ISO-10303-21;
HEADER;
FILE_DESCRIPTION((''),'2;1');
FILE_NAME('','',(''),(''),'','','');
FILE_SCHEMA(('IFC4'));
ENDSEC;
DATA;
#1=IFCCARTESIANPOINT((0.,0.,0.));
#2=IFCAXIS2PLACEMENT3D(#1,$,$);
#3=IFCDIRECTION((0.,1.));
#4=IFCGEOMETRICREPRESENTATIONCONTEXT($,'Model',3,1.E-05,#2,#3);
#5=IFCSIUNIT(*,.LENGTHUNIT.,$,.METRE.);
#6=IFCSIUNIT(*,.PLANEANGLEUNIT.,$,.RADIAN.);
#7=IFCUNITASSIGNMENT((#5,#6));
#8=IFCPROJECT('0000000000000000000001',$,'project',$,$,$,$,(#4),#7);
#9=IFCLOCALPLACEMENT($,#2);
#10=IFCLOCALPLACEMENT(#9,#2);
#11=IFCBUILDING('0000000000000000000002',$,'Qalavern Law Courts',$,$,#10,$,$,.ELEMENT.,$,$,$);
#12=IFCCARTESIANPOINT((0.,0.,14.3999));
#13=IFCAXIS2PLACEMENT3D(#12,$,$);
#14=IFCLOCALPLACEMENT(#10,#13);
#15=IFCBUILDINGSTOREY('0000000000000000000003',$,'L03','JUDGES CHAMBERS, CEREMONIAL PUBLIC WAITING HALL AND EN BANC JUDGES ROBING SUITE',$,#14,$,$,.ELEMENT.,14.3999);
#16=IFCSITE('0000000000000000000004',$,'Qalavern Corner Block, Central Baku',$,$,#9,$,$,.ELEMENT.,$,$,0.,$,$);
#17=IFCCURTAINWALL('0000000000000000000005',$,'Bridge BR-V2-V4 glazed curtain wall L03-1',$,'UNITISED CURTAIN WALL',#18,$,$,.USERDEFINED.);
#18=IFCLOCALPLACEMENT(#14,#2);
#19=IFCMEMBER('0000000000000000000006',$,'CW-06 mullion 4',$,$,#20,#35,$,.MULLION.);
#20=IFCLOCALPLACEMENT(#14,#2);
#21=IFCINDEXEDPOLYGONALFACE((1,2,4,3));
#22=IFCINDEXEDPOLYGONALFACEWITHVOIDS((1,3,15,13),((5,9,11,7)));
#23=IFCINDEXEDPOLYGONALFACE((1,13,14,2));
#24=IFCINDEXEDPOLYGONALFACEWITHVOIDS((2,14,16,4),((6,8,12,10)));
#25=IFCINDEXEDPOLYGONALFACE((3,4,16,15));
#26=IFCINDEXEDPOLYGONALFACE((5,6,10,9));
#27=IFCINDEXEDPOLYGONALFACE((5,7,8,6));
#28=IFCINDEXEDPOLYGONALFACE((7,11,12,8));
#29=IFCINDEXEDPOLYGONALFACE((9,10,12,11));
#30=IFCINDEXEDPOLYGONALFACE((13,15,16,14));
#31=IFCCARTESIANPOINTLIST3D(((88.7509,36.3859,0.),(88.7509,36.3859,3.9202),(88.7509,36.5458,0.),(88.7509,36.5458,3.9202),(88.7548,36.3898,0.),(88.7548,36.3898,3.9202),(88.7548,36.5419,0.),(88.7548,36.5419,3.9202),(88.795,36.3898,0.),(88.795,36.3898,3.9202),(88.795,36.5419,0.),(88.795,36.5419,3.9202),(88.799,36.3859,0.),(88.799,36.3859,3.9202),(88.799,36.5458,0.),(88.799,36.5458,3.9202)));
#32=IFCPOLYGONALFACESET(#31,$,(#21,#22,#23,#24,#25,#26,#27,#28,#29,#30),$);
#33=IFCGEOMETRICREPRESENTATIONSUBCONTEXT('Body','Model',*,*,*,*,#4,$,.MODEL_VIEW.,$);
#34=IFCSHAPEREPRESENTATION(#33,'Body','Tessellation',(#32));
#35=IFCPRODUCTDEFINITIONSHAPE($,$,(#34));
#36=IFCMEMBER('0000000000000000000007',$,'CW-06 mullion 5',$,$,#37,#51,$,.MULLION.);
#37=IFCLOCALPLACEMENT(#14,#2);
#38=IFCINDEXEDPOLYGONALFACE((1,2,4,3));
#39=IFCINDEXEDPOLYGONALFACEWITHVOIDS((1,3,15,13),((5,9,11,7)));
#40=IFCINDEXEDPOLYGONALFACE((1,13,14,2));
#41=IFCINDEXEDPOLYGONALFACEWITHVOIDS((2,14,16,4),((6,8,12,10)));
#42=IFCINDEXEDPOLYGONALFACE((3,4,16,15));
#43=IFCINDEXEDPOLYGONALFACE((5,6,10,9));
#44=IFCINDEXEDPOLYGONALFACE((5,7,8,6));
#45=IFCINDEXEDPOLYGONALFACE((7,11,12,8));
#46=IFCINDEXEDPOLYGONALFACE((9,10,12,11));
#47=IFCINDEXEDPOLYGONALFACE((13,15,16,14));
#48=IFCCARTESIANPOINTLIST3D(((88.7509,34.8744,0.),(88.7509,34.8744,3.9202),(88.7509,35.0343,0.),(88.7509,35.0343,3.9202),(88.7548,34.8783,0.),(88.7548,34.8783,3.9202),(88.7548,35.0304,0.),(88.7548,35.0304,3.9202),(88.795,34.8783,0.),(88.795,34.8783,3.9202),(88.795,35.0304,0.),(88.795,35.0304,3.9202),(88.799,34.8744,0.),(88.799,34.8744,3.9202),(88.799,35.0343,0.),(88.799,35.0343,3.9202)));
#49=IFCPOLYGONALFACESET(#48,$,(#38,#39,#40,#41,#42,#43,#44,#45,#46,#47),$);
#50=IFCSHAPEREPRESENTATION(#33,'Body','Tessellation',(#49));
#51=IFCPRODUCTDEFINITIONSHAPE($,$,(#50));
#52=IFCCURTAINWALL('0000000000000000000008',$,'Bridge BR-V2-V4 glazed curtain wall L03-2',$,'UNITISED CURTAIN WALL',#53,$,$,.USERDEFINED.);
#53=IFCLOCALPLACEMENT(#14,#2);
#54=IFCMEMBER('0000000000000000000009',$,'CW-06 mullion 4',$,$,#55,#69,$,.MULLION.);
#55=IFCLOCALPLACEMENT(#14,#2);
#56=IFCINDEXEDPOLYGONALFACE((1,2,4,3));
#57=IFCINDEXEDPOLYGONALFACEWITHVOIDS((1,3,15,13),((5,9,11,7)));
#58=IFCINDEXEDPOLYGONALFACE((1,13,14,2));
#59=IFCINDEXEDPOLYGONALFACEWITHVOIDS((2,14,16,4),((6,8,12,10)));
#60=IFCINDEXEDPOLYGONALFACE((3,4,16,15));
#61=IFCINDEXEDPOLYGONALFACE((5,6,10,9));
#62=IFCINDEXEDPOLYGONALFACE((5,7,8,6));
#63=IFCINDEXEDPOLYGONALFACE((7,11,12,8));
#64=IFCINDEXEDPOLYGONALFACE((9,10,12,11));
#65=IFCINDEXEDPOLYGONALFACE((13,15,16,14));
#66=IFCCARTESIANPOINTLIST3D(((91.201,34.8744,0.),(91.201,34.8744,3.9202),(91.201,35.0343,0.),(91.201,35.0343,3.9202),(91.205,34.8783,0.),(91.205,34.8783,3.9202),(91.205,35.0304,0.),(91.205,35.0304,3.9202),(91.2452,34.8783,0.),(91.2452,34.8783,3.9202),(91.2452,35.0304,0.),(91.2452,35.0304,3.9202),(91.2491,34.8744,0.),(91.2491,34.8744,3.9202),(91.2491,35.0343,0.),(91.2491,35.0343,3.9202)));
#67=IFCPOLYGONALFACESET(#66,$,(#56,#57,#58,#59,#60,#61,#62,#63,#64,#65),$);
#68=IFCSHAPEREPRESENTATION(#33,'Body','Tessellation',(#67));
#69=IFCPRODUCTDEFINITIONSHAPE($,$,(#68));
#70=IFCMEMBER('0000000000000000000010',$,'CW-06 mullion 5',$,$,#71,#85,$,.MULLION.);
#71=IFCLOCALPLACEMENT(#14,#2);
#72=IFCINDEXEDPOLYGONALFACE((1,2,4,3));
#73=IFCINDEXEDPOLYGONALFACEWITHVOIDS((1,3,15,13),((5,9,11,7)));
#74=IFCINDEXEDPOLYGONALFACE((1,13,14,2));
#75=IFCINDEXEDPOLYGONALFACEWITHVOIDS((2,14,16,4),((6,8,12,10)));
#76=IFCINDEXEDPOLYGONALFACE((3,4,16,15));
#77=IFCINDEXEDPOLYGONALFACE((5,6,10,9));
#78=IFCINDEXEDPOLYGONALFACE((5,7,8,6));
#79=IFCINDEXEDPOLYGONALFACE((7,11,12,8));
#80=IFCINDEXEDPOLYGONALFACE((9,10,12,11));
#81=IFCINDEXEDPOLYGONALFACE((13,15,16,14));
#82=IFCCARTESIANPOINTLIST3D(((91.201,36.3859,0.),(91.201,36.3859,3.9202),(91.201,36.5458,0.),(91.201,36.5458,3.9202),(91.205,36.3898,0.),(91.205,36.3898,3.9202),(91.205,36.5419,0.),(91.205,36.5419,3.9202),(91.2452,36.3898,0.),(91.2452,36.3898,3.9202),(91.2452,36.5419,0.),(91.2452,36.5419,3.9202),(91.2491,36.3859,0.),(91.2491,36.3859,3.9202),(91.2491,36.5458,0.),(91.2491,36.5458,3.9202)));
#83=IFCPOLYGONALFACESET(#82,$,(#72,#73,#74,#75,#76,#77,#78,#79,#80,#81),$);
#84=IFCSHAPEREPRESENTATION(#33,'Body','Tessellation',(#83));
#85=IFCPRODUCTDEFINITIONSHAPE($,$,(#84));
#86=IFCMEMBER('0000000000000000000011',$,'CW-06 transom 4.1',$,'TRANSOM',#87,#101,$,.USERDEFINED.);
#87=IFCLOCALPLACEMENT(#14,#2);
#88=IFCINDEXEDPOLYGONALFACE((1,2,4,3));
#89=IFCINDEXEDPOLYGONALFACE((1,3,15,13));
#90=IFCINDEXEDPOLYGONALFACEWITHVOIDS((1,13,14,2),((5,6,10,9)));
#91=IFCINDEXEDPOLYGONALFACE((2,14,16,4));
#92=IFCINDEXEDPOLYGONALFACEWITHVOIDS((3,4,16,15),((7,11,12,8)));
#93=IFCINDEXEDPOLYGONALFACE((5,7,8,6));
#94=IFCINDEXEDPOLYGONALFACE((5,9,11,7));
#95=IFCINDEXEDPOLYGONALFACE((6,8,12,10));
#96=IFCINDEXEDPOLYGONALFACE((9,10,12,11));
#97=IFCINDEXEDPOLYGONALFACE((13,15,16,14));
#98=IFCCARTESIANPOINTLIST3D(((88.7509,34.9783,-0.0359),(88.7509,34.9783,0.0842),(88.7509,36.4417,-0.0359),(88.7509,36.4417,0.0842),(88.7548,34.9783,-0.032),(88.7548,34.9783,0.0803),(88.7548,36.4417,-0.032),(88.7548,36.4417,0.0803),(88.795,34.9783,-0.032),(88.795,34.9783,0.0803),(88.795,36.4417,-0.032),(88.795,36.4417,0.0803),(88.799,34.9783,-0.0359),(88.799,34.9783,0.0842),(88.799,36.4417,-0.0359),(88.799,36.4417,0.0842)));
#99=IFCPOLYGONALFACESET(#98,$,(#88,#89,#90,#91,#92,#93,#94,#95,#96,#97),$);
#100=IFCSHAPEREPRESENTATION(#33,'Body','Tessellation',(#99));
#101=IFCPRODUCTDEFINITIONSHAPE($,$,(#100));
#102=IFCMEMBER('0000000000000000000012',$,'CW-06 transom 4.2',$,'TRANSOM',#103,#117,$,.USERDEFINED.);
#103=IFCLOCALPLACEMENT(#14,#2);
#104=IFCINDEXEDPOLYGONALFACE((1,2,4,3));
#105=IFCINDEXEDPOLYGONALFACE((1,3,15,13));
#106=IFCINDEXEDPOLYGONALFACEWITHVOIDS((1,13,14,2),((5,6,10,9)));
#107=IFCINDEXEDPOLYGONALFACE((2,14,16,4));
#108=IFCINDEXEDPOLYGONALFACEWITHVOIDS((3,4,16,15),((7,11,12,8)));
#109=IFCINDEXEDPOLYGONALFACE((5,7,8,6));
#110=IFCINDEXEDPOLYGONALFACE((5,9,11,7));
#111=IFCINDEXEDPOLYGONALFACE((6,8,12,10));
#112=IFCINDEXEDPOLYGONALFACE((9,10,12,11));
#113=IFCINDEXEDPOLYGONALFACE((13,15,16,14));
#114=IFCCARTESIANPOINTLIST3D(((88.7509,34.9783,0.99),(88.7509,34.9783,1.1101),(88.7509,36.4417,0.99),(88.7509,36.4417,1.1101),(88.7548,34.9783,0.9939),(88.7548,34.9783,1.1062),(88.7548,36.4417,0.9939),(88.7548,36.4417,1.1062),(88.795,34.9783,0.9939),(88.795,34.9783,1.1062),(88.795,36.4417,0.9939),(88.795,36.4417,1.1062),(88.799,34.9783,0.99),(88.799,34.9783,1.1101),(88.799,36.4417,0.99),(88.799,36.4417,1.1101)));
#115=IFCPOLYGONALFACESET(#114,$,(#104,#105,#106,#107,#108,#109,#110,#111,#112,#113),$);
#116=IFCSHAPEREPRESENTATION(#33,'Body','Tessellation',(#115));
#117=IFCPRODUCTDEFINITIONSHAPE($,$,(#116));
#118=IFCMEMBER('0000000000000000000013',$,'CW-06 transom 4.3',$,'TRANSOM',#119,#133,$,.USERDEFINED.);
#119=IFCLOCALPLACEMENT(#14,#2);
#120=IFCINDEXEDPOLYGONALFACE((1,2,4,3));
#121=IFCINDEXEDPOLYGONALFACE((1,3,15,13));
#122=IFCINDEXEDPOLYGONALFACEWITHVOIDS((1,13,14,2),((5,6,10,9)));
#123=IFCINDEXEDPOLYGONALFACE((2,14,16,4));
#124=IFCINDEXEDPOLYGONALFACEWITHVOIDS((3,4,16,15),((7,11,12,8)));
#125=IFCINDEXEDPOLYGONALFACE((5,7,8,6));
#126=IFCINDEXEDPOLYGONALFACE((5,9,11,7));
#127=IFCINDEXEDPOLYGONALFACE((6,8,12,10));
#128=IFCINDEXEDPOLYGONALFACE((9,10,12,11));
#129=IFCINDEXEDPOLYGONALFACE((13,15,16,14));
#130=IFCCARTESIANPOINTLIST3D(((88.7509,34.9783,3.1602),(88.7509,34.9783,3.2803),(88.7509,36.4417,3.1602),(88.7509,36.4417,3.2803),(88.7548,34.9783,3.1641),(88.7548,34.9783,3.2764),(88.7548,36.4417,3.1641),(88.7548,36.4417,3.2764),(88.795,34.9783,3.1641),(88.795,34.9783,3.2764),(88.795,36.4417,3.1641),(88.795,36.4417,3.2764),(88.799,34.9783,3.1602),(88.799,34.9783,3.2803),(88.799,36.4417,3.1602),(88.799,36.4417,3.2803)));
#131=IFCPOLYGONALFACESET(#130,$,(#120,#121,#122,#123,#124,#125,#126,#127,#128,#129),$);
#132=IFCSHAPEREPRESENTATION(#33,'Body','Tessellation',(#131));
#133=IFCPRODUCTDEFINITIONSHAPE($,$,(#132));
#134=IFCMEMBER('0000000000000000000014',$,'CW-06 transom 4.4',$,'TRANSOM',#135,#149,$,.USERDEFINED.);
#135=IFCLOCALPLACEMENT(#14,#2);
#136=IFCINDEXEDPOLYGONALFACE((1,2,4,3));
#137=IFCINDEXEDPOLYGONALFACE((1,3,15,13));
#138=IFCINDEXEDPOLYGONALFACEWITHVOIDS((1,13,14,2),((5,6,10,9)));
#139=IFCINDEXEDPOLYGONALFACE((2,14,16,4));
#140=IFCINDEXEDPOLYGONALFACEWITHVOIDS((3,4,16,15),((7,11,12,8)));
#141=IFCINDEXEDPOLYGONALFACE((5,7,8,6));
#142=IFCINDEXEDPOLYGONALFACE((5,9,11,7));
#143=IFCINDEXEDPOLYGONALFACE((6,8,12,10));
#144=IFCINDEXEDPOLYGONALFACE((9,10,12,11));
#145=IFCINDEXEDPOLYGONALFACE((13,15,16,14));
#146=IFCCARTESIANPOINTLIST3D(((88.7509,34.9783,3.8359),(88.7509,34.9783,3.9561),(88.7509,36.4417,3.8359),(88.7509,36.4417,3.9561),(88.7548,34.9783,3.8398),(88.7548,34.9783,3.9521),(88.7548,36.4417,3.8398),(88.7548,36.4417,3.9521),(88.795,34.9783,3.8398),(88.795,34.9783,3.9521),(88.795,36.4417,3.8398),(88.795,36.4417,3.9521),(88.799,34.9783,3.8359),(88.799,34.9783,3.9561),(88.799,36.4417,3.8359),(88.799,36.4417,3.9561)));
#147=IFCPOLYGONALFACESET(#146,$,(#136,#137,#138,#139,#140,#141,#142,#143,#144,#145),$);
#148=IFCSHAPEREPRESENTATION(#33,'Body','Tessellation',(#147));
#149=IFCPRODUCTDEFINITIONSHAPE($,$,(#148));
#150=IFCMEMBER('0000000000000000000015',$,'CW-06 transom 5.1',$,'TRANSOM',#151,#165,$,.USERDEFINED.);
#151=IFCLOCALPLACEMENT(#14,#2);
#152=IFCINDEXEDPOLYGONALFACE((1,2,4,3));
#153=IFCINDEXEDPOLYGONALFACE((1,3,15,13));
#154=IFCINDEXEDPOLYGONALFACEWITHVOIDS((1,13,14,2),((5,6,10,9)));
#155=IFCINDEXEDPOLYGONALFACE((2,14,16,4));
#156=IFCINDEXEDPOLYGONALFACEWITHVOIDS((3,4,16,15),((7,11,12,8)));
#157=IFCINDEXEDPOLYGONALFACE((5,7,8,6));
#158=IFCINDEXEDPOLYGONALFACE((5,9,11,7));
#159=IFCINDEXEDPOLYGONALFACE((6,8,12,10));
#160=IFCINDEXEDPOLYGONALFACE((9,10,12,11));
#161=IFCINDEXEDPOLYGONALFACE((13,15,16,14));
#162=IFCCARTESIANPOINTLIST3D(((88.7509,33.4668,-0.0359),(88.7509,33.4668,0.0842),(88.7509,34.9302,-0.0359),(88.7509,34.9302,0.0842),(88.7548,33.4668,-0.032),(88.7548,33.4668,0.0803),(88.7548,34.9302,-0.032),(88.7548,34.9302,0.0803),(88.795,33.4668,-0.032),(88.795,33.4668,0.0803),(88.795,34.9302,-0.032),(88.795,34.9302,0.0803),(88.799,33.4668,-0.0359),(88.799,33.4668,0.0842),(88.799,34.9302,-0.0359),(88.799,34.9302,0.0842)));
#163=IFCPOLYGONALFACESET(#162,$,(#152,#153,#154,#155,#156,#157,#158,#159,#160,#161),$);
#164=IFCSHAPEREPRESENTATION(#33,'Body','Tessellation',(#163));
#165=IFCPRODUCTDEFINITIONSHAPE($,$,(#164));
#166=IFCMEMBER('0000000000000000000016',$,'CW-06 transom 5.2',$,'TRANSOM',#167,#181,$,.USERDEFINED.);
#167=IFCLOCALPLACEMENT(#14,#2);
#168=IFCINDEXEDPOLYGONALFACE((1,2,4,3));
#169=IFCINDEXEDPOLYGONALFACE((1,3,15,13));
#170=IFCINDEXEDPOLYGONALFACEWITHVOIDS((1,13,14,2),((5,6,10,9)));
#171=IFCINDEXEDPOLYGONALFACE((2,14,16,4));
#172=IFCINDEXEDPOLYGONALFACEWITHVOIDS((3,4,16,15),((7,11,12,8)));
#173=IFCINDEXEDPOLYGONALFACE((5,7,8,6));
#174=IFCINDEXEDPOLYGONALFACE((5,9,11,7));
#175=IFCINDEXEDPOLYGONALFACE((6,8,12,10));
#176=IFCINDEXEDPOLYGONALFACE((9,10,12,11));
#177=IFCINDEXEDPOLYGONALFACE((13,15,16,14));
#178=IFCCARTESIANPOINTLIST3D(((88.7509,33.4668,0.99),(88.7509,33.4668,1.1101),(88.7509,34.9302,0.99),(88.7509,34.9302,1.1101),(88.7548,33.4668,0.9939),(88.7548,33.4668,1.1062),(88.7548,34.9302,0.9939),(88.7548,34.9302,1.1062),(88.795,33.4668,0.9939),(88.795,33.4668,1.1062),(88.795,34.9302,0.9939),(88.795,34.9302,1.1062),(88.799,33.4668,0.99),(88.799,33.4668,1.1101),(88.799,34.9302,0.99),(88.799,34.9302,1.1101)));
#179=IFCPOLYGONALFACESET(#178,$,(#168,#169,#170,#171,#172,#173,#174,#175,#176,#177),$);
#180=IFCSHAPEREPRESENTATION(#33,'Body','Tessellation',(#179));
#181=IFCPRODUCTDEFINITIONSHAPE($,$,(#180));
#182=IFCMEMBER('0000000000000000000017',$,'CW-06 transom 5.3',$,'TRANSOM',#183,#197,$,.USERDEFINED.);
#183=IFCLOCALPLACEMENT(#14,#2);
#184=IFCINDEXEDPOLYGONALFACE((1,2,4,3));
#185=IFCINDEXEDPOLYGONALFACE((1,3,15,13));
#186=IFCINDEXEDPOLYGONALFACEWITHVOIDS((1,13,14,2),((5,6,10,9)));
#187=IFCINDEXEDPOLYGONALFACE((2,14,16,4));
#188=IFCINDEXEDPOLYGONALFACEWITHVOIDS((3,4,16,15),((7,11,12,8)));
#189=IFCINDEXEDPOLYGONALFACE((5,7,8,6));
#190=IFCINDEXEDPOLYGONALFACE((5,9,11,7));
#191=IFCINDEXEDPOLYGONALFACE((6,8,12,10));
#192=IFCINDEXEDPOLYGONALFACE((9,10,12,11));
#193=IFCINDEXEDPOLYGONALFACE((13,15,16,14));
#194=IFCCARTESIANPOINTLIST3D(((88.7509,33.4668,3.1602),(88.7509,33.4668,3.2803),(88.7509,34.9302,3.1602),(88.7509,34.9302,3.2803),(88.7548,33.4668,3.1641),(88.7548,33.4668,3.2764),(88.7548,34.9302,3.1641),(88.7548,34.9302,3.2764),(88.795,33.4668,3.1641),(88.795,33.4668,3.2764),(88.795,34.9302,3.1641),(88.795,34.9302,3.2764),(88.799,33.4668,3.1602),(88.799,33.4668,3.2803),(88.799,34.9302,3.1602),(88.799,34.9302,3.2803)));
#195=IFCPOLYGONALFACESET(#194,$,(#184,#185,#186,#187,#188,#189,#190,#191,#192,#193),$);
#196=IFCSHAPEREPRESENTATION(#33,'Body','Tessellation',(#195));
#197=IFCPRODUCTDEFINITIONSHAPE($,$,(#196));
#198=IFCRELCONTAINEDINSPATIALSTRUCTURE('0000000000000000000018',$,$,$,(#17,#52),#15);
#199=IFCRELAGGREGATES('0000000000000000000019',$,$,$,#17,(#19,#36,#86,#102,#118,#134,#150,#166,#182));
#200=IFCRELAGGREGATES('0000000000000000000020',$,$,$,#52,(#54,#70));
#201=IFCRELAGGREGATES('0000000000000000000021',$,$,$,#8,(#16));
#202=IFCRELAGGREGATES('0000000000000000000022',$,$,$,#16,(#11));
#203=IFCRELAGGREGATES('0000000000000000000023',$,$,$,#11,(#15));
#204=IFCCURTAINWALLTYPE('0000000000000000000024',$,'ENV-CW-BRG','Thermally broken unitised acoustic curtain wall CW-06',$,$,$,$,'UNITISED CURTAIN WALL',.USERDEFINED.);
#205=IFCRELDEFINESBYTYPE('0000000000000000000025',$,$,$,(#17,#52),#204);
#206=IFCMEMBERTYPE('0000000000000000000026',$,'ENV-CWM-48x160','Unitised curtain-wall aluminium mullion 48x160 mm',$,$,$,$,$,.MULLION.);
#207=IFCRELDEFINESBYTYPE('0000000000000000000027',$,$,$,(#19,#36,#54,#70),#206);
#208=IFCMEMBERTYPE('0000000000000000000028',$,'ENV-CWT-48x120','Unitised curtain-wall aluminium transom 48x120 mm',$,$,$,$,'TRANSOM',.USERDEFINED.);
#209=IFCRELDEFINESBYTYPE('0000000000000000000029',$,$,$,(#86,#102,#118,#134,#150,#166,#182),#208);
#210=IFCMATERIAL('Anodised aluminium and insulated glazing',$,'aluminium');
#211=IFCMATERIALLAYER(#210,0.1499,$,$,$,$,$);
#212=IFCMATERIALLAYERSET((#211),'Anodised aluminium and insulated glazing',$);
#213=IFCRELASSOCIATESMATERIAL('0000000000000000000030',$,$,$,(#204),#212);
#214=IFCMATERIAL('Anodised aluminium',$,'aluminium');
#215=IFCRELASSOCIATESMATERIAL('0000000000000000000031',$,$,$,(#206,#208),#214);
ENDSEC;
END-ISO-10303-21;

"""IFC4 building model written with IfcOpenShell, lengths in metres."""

from ifc_helpers import new_model, si_unit, direction, frame, origin, origin_2d, place, context, subcontext, project, spatial, hollow_rectangle, extrude, material, layer, layer_set, material_profile, profile_set, type_object, element, aggregate, save


model = new_model("IFC4")

# Units and contexts
model_context = context("Model", 3, precision=1e-05, world=origin(), true_north=direction((0.0, 1.0)))
body_context = subcontext(model_context, "Body", "Model", "MODEL_VIEW")
ifc_project = project(units=[si_unit("LENGTHUNIT", "METRE"), si_unit("PLANEANGLEUNIT", "RADIAN")], contexts=[model_context])

# Site, building, storey
site_placement = place(None, origin())
site = spatial("IfcSite", under=ifc_project, at=site_placement, Name="Qalavern Corner Block, Central Baku", CompositionType="ELEMENT", RefElevation=0.0)
building_placement = place(site_placement, origin())
building = spatial("IfcBuilding", under=site, at=building_placement, Name="Qalavern Law Courts", CompositionType="ELEMENT")
storey_placement = place(building_placement, frame((0.0, 0.0, 14.3999)))
storey = spatial("IfcBuildingStorey", under=building, at=storey_placement, Name="L03", Description="JUDGES CHAMBERS, CEREMONIAL PUBLIC WAITING HALL AND EN BANC JUDGES ROBING SUITE", CompositionType="ELEMENT", Elevation=14.3999)

# Curtain walls, members
ifc_material_1 = material(Name="Anodised aluminium and insulated glazing", Category="aluminium")
ifc_layer_1 = layer(ifc_material_1, 0.1499)
ifc_layer_set_1 = layer_set([ifc_layer_1], Name="Anodised aluminium and insulated glazing")
curtain_wall_type = type_object("IfcCurtainWallType", Name="ENV-CW-BRG", Description="Thermally broken unitised acoustic curtain wall CW-06", ElementType="UNITISED CURTAIN WALL", PredefinedType="USERDEFINED", material=ifc_layer_set_1)
curtain_wall_1_placement = place(storey_placement, origin())
curtain_wall_1 = element("IfcCurtainWall", 1, at=curtain_wall_1_placement, inside=storey, type_object=curtain_wall_type, Name="Bridge BR-V2-V4 glazed curtain wall L03-1", ObjectType="UNITISED CURTAIN WALL", PredefinedType="USERDEFINED")
ifc_material_2 = material(Name="Anodised aluminium", Category="aluminium")
ifc_material_profile_1 = material_profile(ifc_material_2, hollow_rectangle(XDim=0.0481, YDim=0.1599, WallThickness=0.0039, at=origin_2d()), Name="ALU MULLION 48x160")
ifc_profile_set_1 = profile_set([ifc_material_profile_1], Name="Anodised aluminium")
member_type_1 = type_object("IfcMemberType", Name="ENV-CWM-48x160", Description="Unitised curtain-wall aluminium mullion 48x160 mm", PredefinedType="MULLION", material=ifc_profile_set_1)
member_1_placement = place(storey_placement, frame((88.7749, 36.4658, 0.0), z_axis=(0.0, 0.0, 1.0), x_axis=(1.0, 0.0, 0.0)))
member_1 = element("IfcMember", 2, at=member_1_placement, type_object=member_type_1, Name="CW-06 mullion 4", PredefinedType="MULLION", context=body_context, shape_type="SweptSolid", body=[
    extrude(hollow_rectangle(XDim=0.0481, YDim=0.1599, WallThickness=0.0039, at=origin_2d()), origin(), (0.0, 0.0, 1.0), 3.9202),
])
member_2_placement = place(storey_placement, frame((88.7749, 34.9543, 0.0), z_axis=(0.0, 0.0, 1.0), x_axis=(1.0, 0.0, 0.0)))
member_2 = element("IfcMember", 3, at=member_2_placement, type_object=member_type_1, Name="CW-06 mullion 5", PredefinedType="MULLION", context=body_context, shape_type="SweptSolid", body=[
    extrude(hollow_rectangle(XDim=0.0481, YDim=0.1599, WallThickness=0.0039, at=origin_2d()), origin(), (0.0, 0.0, 1.0), 3.9202),
])
curtain_wall_2_placement = place(storey_placement, origin())
curtain_wall_2 = element("IfcCurtainWall", 4, at=curtain_wall_2_placement, inside=storey, type_object=curtain_wall_type, Name="Bridge BR-V2-V4 glazed curtain wall L03-2", ObjectType="UNITISED CURTAIN WALL", PredefinedType="USERDEFINED")
member_3_placement = place(storey_placement, frame((91.2251, 34.9543, 0.0), z_axis=(0.0, 0.0, 1.0), x_axis=(-1.0, 0.0, 0.0)))
member_3 = element("IfcMember", 5, at=member_3_placement, type_object=member_type_1, Name="CW-06 mullion 4", PredefinedType="MULLION", context=body_context, shape_type="SweptSolid", body=[
    extrude(hollow_rectangle(XDim=0.0481, YDim=0.1599, WallThickness=0.0039, at=origin_2d()), origin(), (0.0, 0.0, 1.0), 3.9202),
])
member_4_placement = place(storey_placement, frame((91.2251, 36.4658, 0.0), z_axis=(0.0, 0.0, 1.0), x_axis=(-1.0, 0.0, 0.0)))
member_4 = element("IfcMember", 6, at=member_4_placement, type_object=member_type_1, Name="CW-06 mullion 5", PredefinedType="MULLION", context=body_context, shape_type="SweptSolid", body=[
    extrude(hollow_rectangle(XDim=0.0481, YDim=0.1599, WallThickness=0.0039, at=origin_2d()), origin(), (0.0, 0.0, 1.0), 3.9202),
])

# Members
ifc_material_profile_2 = material_profile(ifc_material_2, hollow_rectangle(XDim=0.0481, YDim=0.1201, WallThickness=0.0039, at=origin_2d()), Name="ALU TRANSOM 48x120")
ifc_profile_set_2 = profile_set([ifc_material_profile_2], Name="Anodised aluminium")
member_type_2 = type_object("IfcMemberType", Name="ENV-CWT-48x120", Description="Unitised curtain-wall aluminium transom 48x120 mm", ElementType="TRANSOM", PredefinedType="USERDEFINED", material=ifc_profile_set_2)
member_5_placement = place(storey_placement, frame((88.7749, 36.4417, 0.0242), z_axis=(0.0, -1.0, 0.0), x_axis=(1.0, 0.0, 0.0)))
member_5 = element("IfcMember", 7, at=member_5_placement, type_object=member_type_2, Name="CW-06 transom 4.1", ObjectType="TRANSOM", PredefinedType="USERDEFINED", context=body_context, shape_type="SweptSolid", body=[
    extrude(hollow_rectangle(XDim=0.0481, YDim=0.1201, WallThickness=0.0039, at=origin_2d()), origin(), (0.0, 0.0, 1.0), 1.4634),
])
member_6_placement = place(storey_placement, frame((88.7749, 36.4417, 1.05), z_axis=(0.0, -1.0, 0.0), x_axis=(1.0, 0.0, 0.0)))
member_6 = element("IfcMember", 8, at=member_6_placement, type_object=member_type_2, Name="CW-06 transom 4.2", ObjectType="TRANSOM", PredefinedType="USERDEFINED", context=body_context, shape_type="SweptSolid", body=[
    extrude(hollow_rectangle(XDim=0.0481, YDim=0.1201, WallThickness=0.0039, at=origin_2d()), origin(), (0.0, 0.0, 1.0), 1.4634),
])
member_7_placement = place(storey_placement, frame((88.7749, 36.4417, 3.2202), z_axis=(0.0, -1.0, 0.0), x_axis=(1.0, 0.0, 0.0)))
member_7 = element("IfcMember", 9, at=member_7_placement, type_object=member_type_2, Name="CW-06 transom 4.3", ObjectType="TRANSOM", PredefinedType="USERDEFINED", context=body_context, shape_type="SweptSolid", body=[
    extrude(hollow_rectangle(XDim=0.0481, YDim=0.1201, WallThickness=0.0039, at=origin_2d()), origin(), (0.0, 0.0, 1.0), 1.4634),
])
member_8_placement = place(storey_placement, frame((88.7749, 36.4417, 3.896), z_axis=(0.0, -1.0, 0.0), x_axis=(1.0, 0.0, 0.0)))
member_8 = element("IfcMember", 10, at=member_8_placement, type_object=member_type_2, Name="CW-06 transom 4.4", ObjectType="TRANSOM", PredefinedType="USERDEFINED", context=body_context, shape_type="SweptSolid", body=[
    extrude(hollow_rectangle(XDim=0.0481, YDim=0.1201, WallThickness=0.0039, at=origin_2d()), origin(), (0.0, 0.0, 1.0), 1.4634),
])
member_9_placement = place(storey_placement, frame((88.7749, 34.9302, 0.0242), z_axis=(0.0, -1.0, 0.0), x_axis=(1.0, 0.0, 0.0)))
member_9 = element("IfcMember", 11, at=member_9_placement, type_object=member_type_2, Name="CW-06 transom 5.1", ObjectType="TRANSOM", PredefinedType="USERDEFINED", context=body_context, shape_type="SweptSolid", body=[
    extrude(hollow_rectangle(XDim=0.0481, YDim=0.1201, WallThickness=0.0039, at=origin_2d()), origin(), (0.0, 0.0, 1.0), 1.4634),
])
member_10_placement = place(storey_placement, frame((88.7749, 34.9302, 1.05), z_axis=(0.0, -1.0, 0.0), x_axis=(1.0, 0.0, 0.0)))
member_10 = element("IfcMember", 12, at=member_10_placement, type_object=member_type_2, Name="CW-06 transom 5.2", ObjectType="TRANSOM", PredefinedType="USERDEFINED", context=body_context, shape_type="SweptSolid", body=[
    extrude(hollow_rectangle(XDim=0.0481, YDim=0.1201, WallThickness=0.0039, at=origin_2d()), origin(), (0.0, 0.0, 1.0), 1.4634),
])
member_11_placement = place(storey_placement, frame((88.7749, 34.9302, 3.2202), z_axis=(0.0, -1.0, 0.0), x_axis=(1.0, 0.0, 0.0)))
member_11 = element("IfcMember", 13, at=member_11_placement, type_object=member_type_2, Name="CW-06 transom 5.3", ObjectType="TRANSOM", PredefinedType="USERDEFINED", context=body_context, shape_type="SweptSolid", body=[
    extrude(hollow_rectangle(XDim=0.0481, YDim=0.1201, WallThickness=0.0039, at=origin_2d()), origin(), (0.0, 0.0, 1.0), 1.4634),
])

aggregate(curtain_wall_1, [member_1, member_2, member_5, member_6, member_7, member_8, member_9, member_10, member_11])
aggregate(curtain_wall_2, [member_3, member_4])

save(model, "model.ifc")
